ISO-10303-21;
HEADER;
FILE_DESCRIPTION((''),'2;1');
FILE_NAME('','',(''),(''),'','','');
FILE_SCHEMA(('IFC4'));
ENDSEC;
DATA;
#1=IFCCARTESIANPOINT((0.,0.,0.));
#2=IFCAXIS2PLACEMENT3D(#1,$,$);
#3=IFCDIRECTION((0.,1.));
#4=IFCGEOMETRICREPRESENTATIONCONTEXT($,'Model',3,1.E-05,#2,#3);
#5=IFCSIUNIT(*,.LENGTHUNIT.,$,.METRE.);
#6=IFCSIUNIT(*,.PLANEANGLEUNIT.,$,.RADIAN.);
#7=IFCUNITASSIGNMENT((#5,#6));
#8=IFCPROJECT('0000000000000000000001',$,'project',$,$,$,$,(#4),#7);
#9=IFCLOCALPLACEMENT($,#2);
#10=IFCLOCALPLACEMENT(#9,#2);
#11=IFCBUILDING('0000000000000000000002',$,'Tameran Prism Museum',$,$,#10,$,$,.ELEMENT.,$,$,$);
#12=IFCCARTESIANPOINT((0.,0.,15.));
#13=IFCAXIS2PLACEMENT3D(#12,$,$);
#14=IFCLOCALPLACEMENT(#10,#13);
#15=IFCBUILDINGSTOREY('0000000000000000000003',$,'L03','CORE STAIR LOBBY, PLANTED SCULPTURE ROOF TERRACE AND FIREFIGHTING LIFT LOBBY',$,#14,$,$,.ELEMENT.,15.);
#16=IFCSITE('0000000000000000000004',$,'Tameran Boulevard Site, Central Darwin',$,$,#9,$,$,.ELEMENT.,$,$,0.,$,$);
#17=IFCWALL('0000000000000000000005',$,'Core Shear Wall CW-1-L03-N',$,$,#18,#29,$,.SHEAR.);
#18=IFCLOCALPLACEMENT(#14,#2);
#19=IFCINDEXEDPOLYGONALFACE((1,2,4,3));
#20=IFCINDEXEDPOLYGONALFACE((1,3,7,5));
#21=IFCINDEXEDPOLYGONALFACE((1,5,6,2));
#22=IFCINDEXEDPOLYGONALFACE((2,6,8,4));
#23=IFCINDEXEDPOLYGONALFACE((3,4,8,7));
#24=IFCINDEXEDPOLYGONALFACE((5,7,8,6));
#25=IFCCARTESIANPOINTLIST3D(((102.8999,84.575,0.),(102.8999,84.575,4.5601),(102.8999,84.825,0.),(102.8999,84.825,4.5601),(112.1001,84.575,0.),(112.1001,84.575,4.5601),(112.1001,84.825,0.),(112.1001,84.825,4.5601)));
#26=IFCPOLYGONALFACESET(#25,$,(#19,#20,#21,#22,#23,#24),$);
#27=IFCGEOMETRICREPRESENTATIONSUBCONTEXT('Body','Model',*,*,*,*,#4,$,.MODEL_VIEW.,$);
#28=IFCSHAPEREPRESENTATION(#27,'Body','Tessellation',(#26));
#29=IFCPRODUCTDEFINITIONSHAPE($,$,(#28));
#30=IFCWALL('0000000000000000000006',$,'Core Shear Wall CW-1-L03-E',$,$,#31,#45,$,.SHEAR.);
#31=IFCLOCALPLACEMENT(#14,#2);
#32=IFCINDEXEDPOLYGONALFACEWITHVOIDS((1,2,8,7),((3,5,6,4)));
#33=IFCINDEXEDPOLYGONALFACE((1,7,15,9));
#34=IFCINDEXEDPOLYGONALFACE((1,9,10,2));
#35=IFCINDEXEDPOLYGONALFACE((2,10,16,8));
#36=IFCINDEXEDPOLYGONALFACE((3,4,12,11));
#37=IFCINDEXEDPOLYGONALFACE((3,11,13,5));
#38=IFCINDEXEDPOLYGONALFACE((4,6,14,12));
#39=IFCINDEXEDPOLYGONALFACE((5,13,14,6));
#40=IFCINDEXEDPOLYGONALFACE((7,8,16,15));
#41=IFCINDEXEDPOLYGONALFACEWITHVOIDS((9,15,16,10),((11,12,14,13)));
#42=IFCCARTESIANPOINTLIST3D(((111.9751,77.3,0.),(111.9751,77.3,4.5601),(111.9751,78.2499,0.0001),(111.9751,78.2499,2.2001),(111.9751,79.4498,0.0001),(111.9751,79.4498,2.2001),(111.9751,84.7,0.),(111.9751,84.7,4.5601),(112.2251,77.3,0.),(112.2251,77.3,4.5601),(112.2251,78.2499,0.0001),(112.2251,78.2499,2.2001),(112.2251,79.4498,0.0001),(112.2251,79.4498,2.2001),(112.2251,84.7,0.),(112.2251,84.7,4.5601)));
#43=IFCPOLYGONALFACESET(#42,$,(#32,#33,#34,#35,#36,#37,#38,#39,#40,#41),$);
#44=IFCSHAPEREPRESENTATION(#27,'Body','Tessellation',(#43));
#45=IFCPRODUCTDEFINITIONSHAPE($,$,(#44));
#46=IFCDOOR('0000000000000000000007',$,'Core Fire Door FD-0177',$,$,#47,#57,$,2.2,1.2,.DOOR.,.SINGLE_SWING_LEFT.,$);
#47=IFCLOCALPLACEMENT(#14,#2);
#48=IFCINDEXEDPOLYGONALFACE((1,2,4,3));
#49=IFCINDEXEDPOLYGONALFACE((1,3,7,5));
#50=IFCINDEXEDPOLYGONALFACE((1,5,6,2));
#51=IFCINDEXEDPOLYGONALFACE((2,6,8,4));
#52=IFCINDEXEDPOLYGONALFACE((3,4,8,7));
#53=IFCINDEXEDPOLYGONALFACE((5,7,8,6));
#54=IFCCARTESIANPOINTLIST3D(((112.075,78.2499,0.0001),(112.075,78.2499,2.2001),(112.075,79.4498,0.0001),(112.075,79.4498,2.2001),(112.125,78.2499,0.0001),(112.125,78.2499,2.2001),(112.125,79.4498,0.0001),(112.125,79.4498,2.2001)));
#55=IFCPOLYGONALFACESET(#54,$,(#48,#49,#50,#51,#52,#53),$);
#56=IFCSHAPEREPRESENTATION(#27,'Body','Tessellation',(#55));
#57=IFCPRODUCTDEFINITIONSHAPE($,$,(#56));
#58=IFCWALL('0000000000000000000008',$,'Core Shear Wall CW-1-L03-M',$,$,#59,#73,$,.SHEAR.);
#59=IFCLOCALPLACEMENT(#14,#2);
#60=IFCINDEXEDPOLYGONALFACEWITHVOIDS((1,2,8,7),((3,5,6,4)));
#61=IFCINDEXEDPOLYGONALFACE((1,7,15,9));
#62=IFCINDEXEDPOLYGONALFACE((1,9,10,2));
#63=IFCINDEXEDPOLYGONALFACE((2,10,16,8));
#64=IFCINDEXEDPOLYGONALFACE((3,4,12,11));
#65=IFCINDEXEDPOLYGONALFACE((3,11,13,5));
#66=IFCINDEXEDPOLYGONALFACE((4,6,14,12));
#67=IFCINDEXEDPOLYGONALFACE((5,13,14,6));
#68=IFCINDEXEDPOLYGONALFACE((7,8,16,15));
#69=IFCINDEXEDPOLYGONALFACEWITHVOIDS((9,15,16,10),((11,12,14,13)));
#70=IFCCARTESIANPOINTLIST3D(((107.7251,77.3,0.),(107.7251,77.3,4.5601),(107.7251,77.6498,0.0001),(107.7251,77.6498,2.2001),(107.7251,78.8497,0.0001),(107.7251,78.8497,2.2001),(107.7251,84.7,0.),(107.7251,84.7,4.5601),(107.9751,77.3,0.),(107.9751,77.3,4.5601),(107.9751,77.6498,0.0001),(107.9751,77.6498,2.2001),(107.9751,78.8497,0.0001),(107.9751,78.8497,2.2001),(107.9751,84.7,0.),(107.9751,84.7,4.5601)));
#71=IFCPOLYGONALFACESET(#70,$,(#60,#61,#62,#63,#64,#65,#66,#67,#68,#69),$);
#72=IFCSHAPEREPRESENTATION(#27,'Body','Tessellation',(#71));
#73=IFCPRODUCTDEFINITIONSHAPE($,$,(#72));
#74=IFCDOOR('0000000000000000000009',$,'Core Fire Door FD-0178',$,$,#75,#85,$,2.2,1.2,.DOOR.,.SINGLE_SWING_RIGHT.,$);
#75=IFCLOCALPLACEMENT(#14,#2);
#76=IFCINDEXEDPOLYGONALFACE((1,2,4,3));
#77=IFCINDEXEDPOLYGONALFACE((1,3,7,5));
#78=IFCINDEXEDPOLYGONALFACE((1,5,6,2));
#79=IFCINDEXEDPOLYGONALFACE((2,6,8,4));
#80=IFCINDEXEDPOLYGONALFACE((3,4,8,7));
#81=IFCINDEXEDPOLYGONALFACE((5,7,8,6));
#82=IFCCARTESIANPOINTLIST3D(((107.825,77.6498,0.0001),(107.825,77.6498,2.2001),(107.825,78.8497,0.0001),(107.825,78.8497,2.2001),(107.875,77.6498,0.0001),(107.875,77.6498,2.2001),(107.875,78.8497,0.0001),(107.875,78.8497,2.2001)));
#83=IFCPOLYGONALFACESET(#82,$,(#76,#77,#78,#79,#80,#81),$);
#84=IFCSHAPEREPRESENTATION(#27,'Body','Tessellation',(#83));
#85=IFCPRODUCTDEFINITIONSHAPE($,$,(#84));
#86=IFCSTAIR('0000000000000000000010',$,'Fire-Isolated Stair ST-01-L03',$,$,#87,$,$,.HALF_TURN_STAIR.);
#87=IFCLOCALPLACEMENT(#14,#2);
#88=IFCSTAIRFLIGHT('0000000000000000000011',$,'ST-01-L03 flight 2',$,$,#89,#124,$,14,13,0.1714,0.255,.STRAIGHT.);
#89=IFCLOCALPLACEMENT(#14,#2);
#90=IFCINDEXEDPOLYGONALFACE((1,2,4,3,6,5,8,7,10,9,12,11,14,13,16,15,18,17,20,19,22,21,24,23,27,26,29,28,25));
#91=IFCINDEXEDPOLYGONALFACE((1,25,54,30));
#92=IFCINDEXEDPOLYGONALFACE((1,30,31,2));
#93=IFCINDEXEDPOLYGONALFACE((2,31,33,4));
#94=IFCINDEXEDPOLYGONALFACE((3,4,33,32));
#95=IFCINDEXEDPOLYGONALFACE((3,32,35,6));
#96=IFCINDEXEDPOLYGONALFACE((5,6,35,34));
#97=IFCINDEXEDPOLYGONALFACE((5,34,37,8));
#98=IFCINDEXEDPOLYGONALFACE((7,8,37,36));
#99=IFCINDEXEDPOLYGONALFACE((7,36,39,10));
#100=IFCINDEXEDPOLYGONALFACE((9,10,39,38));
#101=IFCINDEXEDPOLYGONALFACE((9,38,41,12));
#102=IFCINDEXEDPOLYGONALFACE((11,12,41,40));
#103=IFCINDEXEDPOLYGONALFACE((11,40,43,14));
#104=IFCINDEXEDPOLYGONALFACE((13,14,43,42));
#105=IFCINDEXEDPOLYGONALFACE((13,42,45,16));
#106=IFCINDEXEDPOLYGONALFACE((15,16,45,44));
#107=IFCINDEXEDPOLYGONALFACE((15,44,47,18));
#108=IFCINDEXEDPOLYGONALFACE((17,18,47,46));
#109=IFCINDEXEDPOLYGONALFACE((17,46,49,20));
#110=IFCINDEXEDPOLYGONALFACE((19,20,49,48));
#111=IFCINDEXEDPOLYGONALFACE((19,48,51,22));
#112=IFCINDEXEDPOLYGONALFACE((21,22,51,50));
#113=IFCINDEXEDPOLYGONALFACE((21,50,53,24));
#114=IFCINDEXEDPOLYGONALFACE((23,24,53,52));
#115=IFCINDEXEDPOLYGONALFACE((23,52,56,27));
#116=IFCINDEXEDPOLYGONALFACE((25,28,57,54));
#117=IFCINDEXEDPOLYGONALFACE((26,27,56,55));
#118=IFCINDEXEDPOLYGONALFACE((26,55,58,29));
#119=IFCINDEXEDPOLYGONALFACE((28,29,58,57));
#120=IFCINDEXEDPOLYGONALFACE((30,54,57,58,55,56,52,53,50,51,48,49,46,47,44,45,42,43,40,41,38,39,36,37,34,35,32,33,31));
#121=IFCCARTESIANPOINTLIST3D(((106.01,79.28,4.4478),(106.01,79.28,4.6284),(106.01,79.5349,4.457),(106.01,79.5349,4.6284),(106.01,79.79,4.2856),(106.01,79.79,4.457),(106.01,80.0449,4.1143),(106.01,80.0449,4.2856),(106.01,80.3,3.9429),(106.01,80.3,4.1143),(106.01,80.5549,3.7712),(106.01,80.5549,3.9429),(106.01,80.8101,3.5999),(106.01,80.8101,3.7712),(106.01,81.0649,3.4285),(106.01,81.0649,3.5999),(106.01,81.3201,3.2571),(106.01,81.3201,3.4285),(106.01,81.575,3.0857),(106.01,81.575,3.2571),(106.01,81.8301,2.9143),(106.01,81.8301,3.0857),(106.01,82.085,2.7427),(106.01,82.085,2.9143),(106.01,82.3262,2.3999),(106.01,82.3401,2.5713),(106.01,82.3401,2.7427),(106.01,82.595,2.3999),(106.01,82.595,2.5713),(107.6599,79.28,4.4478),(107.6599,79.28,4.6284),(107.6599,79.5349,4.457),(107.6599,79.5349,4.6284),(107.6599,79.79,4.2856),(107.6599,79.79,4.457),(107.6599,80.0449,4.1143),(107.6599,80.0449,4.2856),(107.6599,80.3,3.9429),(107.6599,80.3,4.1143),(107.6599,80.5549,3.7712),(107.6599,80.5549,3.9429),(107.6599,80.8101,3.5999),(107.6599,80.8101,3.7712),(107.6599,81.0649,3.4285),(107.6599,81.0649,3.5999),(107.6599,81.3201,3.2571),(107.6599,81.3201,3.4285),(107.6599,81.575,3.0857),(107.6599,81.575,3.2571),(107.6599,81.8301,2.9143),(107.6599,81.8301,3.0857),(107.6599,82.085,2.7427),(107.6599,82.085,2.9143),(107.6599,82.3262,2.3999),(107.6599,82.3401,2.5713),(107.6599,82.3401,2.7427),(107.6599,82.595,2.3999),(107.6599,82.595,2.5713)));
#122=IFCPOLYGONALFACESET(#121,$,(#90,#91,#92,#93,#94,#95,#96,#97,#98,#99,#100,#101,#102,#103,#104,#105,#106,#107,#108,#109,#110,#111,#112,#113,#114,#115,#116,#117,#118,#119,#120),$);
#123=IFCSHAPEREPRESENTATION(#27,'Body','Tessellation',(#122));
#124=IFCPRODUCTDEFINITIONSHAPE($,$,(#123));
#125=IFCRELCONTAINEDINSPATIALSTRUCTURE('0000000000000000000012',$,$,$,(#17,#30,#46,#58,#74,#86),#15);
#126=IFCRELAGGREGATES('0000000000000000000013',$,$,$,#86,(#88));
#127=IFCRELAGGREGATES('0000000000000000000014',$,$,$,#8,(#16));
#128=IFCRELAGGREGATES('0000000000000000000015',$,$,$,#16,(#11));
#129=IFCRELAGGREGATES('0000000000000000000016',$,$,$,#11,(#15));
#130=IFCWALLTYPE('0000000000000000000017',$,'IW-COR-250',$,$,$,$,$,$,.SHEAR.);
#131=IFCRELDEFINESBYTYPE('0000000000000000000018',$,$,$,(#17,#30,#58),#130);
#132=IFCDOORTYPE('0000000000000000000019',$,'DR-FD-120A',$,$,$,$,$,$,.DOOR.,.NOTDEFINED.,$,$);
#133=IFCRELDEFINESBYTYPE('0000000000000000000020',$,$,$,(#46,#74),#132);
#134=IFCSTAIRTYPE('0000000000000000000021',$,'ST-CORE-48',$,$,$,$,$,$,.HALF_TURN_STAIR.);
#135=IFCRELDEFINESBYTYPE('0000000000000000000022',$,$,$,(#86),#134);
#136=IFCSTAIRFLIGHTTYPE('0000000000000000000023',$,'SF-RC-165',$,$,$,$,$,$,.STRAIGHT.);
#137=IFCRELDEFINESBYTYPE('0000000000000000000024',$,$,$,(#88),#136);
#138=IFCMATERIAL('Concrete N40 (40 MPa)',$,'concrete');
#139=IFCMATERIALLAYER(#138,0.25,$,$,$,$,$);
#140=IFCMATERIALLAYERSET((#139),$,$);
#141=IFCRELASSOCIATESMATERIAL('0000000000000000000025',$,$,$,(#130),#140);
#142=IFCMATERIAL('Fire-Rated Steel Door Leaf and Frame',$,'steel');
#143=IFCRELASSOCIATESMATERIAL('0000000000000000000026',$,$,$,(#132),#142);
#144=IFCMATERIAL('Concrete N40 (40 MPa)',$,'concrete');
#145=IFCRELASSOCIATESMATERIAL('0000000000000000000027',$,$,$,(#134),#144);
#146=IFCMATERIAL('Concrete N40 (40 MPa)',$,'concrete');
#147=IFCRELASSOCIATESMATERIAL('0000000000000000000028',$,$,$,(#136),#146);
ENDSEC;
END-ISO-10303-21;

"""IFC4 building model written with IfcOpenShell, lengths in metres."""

from ifc_helpers import new_model, si_unit, direction, frame, frame_2d, origin, place, context, subcontext, project, spatial, polyline, rectangle, outline, extrude, material, layer, layer_set, type_object, element, fill, aggregate, save


model = new_model("IFC4")

# Units and contexts
model_context = context("Model", 3, precision=1e-05, world=origin(), true_north=direction((0.0, 1.0)))
body_context = subcontext(model_context, "Body", "Model", "MODEL_VIEW")
ifc_project = project(units=[si_unit("LENGTHUNIT", "METRE"), si_unit("PLANEANGLEUNIT", "RADIAN")], contexts=[model_context])

# Site, building, storey
site_placement = place(None, origin())
site = spatial("IfcSite", under=ifc_project, at=site_placement, Name="Tameran Boulevard Site, Central Darwin", CompositionType="ELEMENT", RefElevation=0.0)
building_placement = place(site_placement, origin())
building = spatial("IfcBuilding", under=site, at=building_placement, Name="Tameran Prism Museum", CompositionType="ELEMENT")
storey_placement = place(building_placement, frame((0.0, 0.0, 15.0)))
storey = spatial("IfcBuildingStorey", under=building, at=storey_placement, Name="L03", Description="CORE STAIR LOBBY, PLANTED SCULPTURE ROOF TERRACE AND FIREFIGHTING LIFT LOBBY", CompositionType="ELEMENT", Elevation=15.0)

# Wall
ifc_material_1 = material(Name="Concrete N40 (40 MPa)", Category="concrete")
ifc_layer_1 = layer(ifc_material_1, 0.25)
ifc_layer_set_1 = layer_set([ifc_layer_1])
wall_type = type_object("IfcWallType", Name="IW-COR-250", PredefinedType="SHEAR", material=ifc_layer_set_1)
wall_1_placement = place(storey_placement, frame((102.8999, 84.7, 0.0), z_axis=(0.0, 0.0, 1.0), x_axis=(1.0, 0.0, 0.0)))
element("IfcWall", 1, at=wall_1_placement, inside=storey, type_object=wall_type, Name="Core Shear Wall CW-1-L03-N", PredefinedType="SHEAR", context=body_context, shape_type="SweptSolid", body=[
    extrude(rectangle(XDim=9.2002, YDim=0.25, at=frame_2d((4.6001, 0.0))), origin(), (0.0, 0.0, 1.0), 4.5601),
])

# Walls, openings, doors
wall_2_placement = place(storey_placement, frame((112.1001, 84.7, 0.0), z_axis=(0.0, 0.0, 1.0), x_axis=(0.0, -1.0, 0.0)))
wall_2 = element("IfcWall", 2, at=wall_2_placement, inside=storey, type_object=wall_type, Name="Core Shear Wall CW-1-L03-E", PredefinedType="SHEAR", context=body_context, shape_type="SweptSolid", body=[
    extrude(rectangle(XDim=7.3999, YDim=0.25, at=frame_2d((3.7, 0.0))), origin(), (0.0, 0.0, 1.0), 4.5601),
])
opening_1_placement = place(wall_2_placement, frame((5.25, 0.0, 0.0)))
opening_1 = element("IfcOpeningElement", 3, at=opening_1_placement, cuts=wall_2, PredefinedType="OPENING", context=body_context, shape_type="SweptSolid", body=[
    extrude(rectangle(XDim=1.2, YDim=2.2, at=frame_2d((0.6001, 1.1001))), frame((0.0, 0.135, 0.0), z_axis=(0.0, -1.0, 0.0), x_axis=(1.0, 0.0, 0.0)), (0.0, 0.0, 1.0), 0.27),
])
ifc_material_2 = material(Name="Fire-Rated Steel Door Leaf and Frame", Category="steel")
door_type = type_object("IfcDoorType", Name="DR-FD-120A", OperationType="NOTDEFINED", PredefinedType="DOOR", material=ifc_material_2)
door_1_placement = place(opening_1_placement, origin())
door_1 = element("IfcDoor", 4, at=door_1_placement, inside=storey, type_object=door_type, Name="Core Fire Door FD-0177", OperationType="SINGLE_SWING_LEFT", OverallHeight=2.2, OverallWidth=1.2, PredefinedType="DOOR", context=body_context, shape_type="SweptSolid", body=[
    extrude(rectangle(XDim=1.2, YDim=2.2, at=frame_2d((0.6001, 1.1001))), frame((0.0, 0.0249, 0.0), z_axis=(0.0, -1.0, 0.0), x_axis=(1.0, 0.0, 0.0)), (0.0, 0.0, 1.0), 0.05),
])
fill(opening_1, door_1)
wall_3_placement = place(storey_placement, frame((107.8501, 84.7, 0.0), z_axis=(0.0, 0.0, 1.0), x_axis=(0.0, -1.0, 0.0)))
wall_3 = element("IfcWall", 5, at=wall_3_placement, inside=storey, type_object=wall_type, Name="Core Shear Wall CW-1-L03-M", PredefinedType="SHEAR", context=body_context, shape_type="SweptSolid", body=[
    extrude(rectangle(XDim=7.3999, YDim=0.25, at=frame_2d((3.7, 0.0))), origin(), (0.0, 0.0, 1.0), 4.5601),
])
opening_2_placement = place(wall_3_placement, frame((5.8501, 0.0, 0.0)))
opening_2 = element("IfcOpeningElement", 6, at=opening_2_placement, cuts=wall_3, PredefinedType="OPENING", context=body_context, shape_type="SweptSolid", body=[
    extrude(rectangle(XDim=1.2, YDim=2.2, at=frame_2d((0.6001, 1.1001))), frame((0.0, 0.135, 0.0), z_axis=(0.0, -1.0, 0.0), x_axis=(1.0, 0.0, 0.0)), (0.0, 0.0, 1.0), 0.27),
])
door_2_placement = place(opening_2_placement, origin())
door_2 = element("IfcDoor", 7, at=door_2_placement, inside=storey, type_object=door_type, Name="Core Fire Door FD-0178", OperationType="SINGLE_SWING_RIGHT", OverallHeight=2.2, OverallWidth=1.2, PredefinedType="DOOR", context=body_context, shape_type="SweptSolid", body=[
    extrude(rectangle(XDim=1.2, YDim=2.2, at=frame_2d((0.6001, 1.1001))), frame((0.0, 0.0249, 0.0), z_axis=(0.0, -1.0, 0.0), x_axis=(1.0, 0.0, 0.0)), (0.0, 0.0, 1.0), 0.05),
])
fill(opening_2, door_2)

# Stair, stair flight
ifc_material_3 = material(Name="Concrete N40 (40 MPa)", Category="concrete")
stair_type = type_object("IfcStairType", Name="ST-CORE-48", PredefinedType="HALF_TURN_STAIR", material=ifc_material_3)
stair_placement = place(storey_placement, origin())
stair = element("IfcStair", 8, at=stair_placement, inside=storey, type_object=stair_type, Name="Fire-Isolated Stair ST-01-L03", PredefinedType="HALF_TURN_STAIR")
ifc_material_4 = material(Name="Concrete N40 (40 MPa)", Category="concrete")
stair_flight_type = type_object("IfcStairFlightType", Name="SF-RC-165", PredefinedType="STRAIGHT", material=ifc_material_4)
stair_flight_placement = place(storey_placement, frame((106.835, 82.595, 2.3999), z_axis=(0.0, 0.0, 1.0), x_axis=(0.0, -1.0, 0.0)))
stair_flight = element("IfcStairFlight", 9, at=stair_flight_placement, type_object=stair_flight_type, Name="ST-01-L03 flight 2", NumberOfRisers=14, NumberOfTreads=13, PredefinedType="STRAIGHT", RiserHeight=0.1714, TreadLength=0.255, context=body_context, shape_type="SweptSolid", body=[
    extrude(outline(polyline([(0.0, 0.0), (0.0, 0.1714), (0.2549, 0.1714), (0.2549, 0.3428), (0.51, 0.3428), (0.51, 0.5144), (0.7649, 0.5144), (0.7649, 0.6858), (1.02, 0.6858), (1.02, 0.8572), (1.2749, 0.8572), (1.2749, 1.0286), (1.53, 1.0286), (1.53, 1.2), (1.7849, 1.2), (1.7849, 1.3713), (2.04, 1.3713), (2.04, 1.543), (2.2949, 1.543), (2.2949, 1.7144), (2.55, 1.7144), (2.55, 1.8857), (2.8049, 1.8857), (2.8049, 2.0571), (3.0601, 2.0571), (3.0601, 2.2285), (3.3149, 2.2285), (3.3149, 2.3999), (3.3149, 2.0479), (0.2688, 0.0), (0.0, 0.0)])), frame((0.0, 0.825, 0.0), z_axis=(0.0, -1.0, 0.0), x_axis=(1.0, 0.0, 0.0)), (0.0, 0.0, 1.0), 1.6499),
])
aggregate(stair, [stair_flight])

save(model, "model.ifc")
